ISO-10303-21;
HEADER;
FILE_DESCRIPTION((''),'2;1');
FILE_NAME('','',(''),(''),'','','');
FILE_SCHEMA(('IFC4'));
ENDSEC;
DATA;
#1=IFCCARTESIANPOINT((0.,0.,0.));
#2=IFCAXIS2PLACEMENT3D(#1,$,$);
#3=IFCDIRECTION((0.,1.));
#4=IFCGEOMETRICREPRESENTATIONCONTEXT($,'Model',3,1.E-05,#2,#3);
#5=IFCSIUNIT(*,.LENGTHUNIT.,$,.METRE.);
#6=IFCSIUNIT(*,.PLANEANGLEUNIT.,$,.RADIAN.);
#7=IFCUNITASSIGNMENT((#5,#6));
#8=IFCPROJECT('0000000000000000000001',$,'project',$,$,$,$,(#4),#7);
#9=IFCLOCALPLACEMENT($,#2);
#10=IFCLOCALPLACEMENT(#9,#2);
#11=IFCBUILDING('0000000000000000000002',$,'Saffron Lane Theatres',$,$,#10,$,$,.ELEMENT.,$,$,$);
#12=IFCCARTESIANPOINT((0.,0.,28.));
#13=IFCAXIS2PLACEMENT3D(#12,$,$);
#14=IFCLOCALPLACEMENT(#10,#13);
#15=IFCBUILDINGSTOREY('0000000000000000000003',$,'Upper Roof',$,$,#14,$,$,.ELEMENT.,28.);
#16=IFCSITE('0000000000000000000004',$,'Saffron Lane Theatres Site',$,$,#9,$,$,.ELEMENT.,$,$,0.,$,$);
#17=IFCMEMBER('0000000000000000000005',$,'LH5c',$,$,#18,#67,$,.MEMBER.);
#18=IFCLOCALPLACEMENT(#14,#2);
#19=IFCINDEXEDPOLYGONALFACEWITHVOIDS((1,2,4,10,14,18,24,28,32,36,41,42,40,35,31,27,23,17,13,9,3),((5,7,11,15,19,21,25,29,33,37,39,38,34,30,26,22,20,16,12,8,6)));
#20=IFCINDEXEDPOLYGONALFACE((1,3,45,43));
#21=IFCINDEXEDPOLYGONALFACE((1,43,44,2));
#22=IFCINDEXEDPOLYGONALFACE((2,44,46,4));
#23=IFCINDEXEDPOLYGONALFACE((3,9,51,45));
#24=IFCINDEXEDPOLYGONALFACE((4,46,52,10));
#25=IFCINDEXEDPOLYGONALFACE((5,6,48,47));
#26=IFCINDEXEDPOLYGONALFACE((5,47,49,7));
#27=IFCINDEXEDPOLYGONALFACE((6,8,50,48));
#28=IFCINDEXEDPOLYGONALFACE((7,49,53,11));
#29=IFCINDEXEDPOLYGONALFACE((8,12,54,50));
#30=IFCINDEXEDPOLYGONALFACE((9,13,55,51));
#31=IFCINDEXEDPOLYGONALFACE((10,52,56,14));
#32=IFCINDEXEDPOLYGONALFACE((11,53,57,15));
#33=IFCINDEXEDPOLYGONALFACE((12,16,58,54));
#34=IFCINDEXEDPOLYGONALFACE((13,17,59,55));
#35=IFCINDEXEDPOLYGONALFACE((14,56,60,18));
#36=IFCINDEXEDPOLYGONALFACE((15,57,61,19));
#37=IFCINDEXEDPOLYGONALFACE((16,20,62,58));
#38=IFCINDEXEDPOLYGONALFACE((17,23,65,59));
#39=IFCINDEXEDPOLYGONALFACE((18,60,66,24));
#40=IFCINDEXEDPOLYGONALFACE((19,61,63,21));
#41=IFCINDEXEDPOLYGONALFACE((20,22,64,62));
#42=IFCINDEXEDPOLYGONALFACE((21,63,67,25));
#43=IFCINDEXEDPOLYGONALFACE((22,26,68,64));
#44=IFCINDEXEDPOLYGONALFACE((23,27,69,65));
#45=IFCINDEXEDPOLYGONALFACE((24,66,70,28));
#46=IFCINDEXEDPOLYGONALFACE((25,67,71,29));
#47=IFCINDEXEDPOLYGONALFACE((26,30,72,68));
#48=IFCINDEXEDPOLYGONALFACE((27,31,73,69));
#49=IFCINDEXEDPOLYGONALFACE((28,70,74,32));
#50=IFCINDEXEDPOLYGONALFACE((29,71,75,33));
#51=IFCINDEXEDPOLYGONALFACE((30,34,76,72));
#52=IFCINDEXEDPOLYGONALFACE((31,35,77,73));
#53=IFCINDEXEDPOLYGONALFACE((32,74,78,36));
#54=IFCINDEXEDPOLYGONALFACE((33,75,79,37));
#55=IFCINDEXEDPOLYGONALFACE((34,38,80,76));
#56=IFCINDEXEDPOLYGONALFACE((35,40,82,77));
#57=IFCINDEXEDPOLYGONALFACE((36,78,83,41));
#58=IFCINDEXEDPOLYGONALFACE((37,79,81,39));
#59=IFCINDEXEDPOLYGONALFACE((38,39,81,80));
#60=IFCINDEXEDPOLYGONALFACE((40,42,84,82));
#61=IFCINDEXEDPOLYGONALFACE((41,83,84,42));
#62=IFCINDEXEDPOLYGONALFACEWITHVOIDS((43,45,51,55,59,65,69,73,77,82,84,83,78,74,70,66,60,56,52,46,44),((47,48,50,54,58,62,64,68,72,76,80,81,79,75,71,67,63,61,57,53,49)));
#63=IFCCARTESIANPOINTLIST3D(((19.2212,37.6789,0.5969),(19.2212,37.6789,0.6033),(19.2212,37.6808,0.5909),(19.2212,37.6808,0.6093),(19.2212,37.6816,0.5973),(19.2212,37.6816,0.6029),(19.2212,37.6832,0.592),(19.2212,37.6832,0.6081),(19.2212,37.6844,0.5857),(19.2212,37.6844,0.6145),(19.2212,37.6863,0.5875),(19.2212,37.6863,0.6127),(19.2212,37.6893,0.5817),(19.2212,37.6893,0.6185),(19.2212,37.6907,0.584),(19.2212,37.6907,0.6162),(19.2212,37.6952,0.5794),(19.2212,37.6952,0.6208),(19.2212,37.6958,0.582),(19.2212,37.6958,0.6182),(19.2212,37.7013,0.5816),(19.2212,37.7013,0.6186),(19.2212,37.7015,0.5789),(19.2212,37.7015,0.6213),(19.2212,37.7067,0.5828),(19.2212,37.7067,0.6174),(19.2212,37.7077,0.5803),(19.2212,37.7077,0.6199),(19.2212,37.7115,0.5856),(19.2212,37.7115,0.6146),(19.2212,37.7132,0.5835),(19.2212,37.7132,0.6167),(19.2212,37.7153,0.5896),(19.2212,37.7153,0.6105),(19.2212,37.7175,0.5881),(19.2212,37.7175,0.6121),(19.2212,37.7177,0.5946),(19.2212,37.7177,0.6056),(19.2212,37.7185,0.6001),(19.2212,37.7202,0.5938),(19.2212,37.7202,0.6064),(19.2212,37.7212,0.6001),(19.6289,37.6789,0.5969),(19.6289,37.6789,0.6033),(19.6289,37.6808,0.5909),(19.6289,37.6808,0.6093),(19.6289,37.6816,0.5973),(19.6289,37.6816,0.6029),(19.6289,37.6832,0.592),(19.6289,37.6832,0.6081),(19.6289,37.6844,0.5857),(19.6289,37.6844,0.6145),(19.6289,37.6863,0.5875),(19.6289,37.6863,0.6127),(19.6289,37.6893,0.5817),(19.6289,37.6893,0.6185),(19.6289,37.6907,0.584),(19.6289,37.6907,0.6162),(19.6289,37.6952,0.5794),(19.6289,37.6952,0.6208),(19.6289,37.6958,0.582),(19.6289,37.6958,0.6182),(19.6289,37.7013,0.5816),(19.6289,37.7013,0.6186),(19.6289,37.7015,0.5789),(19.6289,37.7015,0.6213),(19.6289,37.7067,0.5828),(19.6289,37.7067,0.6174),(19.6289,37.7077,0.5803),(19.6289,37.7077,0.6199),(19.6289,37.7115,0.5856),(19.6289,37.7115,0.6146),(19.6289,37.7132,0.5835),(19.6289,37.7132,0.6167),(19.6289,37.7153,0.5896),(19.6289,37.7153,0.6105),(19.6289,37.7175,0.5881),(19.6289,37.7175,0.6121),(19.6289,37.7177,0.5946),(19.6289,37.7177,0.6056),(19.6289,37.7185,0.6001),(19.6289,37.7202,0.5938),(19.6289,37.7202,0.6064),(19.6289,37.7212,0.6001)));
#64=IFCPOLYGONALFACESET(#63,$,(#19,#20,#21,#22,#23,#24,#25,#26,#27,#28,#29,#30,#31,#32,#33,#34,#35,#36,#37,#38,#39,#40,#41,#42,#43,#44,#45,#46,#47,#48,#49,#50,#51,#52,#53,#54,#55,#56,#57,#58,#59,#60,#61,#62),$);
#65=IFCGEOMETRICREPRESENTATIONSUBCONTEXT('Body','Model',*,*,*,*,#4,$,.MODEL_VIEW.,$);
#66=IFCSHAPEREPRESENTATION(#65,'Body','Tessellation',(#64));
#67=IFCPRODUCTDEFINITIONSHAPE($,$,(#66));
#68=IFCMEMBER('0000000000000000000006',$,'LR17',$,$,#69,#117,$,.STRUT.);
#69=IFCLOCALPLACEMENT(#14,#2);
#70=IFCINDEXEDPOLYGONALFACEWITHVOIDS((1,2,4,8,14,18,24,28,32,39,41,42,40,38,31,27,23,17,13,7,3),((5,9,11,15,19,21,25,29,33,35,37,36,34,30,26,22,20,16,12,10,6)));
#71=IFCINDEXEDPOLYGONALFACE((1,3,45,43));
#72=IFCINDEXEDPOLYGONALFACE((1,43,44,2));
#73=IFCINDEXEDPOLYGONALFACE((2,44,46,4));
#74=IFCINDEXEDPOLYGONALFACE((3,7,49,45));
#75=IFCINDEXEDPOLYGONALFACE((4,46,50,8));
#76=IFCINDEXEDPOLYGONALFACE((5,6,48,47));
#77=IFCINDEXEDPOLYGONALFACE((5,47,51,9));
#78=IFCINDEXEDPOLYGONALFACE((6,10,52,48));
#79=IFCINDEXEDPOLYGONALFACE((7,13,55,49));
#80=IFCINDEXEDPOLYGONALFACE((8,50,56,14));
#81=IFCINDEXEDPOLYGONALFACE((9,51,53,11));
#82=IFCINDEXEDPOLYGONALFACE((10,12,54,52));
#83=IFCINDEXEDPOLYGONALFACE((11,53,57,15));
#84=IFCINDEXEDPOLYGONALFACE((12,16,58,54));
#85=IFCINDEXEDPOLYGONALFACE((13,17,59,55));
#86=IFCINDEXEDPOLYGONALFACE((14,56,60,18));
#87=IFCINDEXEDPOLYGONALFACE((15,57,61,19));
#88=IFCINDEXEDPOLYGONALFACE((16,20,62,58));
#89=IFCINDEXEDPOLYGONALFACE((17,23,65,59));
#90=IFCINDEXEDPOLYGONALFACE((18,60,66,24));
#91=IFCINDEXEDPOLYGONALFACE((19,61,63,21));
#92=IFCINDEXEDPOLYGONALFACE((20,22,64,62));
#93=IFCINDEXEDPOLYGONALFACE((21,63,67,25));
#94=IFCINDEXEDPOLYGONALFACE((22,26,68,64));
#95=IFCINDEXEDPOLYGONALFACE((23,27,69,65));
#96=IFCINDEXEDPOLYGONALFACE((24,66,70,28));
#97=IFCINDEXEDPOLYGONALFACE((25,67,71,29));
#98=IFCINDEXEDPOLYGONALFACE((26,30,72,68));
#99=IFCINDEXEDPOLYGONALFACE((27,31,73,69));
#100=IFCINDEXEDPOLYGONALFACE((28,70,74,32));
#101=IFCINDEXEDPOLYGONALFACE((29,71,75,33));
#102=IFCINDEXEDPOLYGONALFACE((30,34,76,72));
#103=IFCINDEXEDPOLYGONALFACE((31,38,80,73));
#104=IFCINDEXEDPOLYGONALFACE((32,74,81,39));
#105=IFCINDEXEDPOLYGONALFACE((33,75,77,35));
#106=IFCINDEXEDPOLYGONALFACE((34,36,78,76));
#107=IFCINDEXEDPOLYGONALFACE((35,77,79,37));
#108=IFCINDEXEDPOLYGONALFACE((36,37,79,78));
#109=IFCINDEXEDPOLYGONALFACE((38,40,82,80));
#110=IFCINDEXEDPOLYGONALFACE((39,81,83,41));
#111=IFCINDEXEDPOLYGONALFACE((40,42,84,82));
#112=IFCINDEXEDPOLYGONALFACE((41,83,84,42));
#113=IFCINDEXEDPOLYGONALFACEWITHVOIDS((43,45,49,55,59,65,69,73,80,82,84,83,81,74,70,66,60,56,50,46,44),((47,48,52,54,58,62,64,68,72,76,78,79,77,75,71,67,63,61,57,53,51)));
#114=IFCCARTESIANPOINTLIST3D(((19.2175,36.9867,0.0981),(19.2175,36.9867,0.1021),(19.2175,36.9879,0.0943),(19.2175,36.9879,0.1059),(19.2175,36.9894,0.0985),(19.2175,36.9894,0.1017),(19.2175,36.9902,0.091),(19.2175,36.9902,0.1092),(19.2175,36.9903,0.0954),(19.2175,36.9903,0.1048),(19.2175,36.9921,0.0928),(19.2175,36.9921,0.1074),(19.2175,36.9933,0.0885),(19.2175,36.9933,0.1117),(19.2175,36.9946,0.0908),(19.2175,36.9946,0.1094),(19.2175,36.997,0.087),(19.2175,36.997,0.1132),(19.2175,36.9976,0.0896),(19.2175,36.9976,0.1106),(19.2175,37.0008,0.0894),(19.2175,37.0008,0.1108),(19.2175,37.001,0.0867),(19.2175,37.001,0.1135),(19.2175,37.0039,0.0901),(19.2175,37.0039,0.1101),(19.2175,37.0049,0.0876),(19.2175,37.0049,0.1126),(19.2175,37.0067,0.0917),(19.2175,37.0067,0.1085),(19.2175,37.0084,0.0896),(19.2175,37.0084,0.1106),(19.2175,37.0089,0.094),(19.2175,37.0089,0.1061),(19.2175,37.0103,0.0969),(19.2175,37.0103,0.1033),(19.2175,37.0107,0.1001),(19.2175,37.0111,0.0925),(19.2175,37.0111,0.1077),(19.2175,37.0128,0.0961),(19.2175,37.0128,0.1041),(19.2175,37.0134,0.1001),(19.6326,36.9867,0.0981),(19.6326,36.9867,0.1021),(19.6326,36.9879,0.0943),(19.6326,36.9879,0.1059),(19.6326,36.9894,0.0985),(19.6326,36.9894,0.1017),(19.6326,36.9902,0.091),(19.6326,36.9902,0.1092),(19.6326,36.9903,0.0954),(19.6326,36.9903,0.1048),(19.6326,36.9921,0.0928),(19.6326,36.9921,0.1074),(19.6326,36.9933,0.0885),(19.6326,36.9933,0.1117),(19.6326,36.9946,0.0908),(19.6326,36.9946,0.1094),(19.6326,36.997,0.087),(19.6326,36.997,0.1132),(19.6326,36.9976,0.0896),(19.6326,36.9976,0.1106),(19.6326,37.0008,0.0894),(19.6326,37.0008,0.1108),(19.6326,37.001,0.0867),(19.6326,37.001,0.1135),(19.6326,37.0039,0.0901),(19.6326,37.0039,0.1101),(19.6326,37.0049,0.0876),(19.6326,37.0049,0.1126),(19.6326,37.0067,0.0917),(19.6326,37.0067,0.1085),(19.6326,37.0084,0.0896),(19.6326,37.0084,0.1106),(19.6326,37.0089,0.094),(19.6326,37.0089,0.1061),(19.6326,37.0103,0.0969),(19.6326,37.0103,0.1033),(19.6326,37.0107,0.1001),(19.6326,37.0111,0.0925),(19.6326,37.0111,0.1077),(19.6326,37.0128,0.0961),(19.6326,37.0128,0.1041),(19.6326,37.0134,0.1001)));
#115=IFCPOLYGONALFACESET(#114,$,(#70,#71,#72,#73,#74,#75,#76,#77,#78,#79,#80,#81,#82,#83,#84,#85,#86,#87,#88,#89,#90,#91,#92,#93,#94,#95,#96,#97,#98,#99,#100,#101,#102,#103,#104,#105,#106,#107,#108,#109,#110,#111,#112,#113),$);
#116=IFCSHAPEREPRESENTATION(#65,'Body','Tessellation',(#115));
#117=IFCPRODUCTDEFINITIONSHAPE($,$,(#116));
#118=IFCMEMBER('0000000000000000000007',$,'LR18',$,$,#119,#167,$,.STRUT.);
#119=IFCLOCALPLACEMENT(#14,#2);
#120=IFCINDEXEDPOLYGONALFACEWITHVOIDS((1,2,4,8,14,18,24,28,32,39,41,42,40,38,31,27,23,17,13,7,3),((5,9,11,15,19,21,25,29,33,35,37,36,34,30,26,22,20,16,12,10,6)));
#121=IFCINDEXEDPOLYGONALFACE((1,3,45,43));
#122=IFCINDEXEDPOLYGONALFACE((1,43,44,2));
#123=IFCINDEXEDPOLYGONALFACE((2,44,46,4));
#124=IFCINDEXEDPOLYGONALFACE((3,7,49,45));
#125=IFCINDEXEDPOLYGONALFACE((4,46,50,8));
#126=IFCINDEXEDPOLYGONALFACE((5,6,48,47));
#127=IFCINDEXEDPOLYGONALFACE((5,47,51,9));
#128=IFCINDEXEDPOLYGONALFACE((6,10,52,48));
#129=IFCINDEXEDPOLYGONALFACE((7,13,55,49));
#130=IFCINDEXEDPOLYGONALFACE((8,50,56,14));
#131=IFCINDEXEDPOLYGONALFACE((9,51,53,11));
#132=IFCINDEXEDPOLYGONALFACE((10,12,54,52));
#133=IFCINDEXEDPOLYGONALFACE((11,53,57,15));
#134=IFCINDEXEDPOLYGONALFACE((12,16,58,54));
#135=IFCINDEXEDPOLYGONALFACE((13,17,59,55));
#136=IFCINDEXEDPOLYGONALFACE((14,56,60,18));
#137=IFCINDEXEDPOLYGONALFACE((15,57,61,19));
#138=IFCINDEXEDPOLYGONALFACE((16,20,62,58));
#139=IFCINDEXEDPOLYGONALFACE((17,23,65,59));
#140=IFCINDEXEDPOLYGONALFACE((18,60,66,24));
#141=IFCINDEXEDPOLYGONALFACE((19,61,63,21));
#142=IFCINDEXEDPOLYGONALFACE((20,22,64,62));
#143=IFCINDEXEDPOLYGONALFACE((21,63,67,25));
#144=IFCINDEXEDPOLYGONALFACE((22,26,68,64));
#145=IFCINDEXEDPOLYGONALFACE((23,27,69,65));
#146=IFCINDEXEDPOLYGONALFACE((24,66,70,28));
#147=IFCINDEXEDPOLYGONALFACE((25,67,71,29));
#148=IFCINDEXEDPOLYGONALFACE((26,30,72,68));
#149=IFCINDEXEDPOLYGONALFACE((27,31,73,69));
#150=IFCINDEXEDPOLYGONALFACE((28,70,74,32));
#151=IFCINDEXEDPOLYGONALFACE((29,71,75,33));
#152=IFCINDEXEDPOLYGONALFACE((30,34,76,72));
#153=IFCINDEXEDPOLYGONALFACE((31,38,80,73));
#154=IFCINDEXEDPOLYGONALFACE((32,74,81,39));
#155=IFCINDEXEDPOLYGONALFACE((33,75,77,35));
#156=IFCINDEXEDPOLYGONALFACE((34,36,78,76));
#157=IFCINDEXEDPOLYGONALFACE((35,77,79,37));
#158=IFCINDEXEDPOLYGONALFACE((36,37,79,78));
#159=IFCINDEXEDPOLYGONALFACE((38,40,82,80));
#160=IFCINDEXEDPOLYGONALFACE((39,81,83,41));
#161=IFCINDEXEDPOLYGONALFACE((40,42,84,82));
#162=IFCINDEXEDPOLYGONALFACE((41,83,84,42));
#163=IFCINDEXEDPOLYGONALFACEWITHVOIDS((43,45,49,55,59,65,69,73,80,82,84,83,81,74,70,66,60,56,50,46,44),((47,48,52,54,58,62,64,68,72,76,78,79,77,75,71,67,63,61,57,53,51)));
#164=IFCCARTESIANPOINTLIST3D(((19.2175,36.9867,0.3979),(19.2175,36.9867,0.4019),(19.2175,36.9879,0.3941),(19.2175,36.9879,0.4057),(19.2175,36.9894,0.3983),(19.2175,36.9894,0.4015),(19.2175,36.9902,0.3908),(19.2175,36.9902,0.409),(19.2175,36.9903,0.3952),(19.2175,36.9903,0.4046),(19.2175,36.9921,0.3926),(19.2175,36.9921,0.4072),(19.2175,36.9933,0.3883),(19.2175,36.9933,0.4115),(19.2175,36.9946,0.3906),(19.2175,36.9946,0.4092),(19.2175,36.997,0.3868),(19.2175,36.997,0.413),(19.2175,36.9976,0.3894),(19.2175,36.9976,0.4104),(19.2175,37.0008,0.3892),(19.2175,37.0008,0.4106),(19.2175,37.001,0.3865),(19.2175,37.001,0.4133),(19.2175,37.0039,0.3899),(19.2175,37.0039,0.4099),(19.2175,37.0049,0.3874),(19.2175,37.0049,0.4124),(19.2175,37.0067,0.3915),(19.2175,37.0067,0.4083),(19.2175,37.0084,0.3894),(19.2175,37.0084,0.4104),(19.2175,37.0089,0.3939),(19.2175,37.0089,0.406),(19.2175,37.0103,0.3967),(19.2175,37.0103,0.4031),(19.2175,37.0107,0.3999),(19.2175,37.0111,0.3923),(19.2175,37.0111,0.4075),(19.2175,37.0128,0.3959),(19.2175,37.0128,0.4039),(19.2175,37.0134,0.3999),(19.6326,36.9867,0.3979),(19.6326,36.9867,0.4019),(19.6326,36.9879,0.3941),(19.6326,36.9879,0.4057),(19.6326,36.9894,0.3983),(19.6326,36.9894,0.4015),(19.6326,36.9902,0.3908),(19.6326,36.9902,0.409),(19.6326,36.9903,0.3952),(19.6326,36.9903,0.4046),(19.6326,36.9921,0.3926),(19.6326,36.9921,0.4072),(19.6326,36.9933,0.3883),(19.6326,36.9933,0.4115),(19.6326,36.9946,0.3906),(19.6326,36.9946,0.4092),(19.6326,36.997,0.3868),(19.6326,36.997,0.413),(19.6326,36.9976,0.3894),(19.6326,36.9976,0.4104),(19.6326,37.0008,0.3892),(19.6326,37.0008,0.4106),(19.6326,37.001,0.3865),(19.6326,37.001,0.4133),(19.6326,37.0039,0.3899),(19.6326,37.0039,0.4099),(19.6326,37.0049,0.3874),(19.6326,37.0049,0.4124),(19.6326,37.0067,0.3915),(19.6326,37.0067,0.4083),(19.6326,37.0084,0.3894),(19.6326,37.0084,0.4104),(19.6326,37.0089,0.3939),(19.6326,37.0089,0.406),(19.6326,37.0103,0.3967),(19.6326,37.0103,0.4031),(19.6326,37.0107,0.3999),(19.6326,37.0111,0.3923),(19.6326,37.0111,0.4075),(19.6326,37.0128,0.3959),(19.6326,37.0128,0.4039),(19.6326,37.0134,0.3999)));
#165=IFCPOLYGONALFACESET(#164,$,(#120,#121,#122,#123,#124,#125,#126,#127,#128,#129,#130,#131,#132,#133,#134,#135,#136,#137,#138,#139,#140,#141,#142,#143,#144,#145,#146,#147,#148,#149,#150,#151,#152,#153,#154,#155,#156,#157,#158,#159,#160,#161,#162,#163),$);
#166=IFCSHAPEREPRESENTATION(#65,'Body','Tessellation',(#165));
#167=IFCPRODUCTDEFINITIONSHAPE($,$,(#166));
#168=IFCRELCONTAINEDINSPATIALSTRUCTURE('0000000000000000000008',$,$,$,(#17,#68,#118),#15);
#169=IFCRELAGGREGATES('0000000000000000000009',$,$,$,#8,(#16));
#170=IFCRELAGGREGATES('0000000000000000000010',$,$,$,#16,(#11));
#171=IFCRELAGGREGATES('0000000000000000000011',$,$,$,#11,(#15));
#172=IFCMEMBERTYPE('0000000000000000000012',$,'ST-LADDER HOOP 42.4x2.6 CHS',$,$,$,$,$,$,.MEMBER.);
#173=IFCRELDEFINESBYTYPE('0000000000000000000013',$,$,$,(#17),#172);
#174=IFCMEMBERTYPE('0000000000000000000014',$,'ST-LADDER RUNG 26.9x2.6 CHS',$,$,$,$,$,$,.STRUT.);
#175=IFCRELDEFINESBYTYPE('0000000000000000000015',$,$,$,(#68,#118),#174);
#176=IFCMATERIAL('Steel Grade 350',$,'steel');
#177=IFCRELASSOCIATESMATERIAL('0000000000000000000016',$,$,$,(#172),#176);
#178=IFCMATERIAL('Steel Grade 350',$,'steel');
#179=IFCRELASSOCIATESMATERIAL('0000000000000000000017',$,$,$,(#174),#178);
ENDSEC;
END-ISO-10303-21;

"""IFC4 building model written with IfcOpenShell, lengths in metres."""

from ifc_helpers import new_model, si_unit, direction, frame, origin, origin_2d, place, context, subcontext, project, spatial, hollow_circle, extrude, material, material_profile, profile_set, type_object, element, save


model = new_model("IFC4")

# Units and contexts
model_context = context("Model", 3, precision=1e-05, world=origin(), true_north=direction((0.0, 1.0)))
body_context = subcontext(model_context, "Body", "Model", "MODEL_VIEW")
ifc_project = project(units=[si_unit("LENGTHUNIT", "METRE"), si_unit("PLANEANGLEUNIT", "RADIAN")], contexts=[model_context])

# Site, building, storey
site_placement = place(None, origin())
site = spatial("IfcSite", under=ifc_project, at=site_placement, Name="Saffron Lane Theatres Site", CompositionType="ELEMENT", RefElevation=0.0)
building_placement = place(site_placement, origin())
building = spatial("IfcBuilding", under=site, at=building_placement, Name="Saffron Lane Theatres", CompositionType="ELEMENT")
storey_placement = place(building_placement, frame((0.0, 0.0, 28.0)))
storey = spatial("IfcBuildingStorey", under=building, at=storey_placement, Name="Upper Roof", CompositionType="ELEMENT", Elevation=28.0)

# Members
ifc_material_1 = material(Name="Steel Grade 350", Category="steel")
ifc_material_profile_1 = material_profile(ifc_material_1, hollow_circle(Radius=0.0212, WallThickness=0.0027, at=origin_2d()))
ifc_profile_set_1 = profile_set([ifc_material_profile_1], Name="Steel Grade 350")
member_type_1 = type_object("IfcMemberType", Name="ST-LADDER HOOP 42.4x2.6 CHS", PredefinedType="MEMBER", material=ifc_profile_set_1)
member_placement = place(storey_placement, frame((19.2212, 37.7, 0.6001), z_axis=(1.0, 0.0, 0.0), x_axis=(0.0, 1.0, 0.0)))
element("IfcMember", 1, at=member_placement, inside=storey, type_object=member_type_1, Name="LH5c", PredefinedType="MEMBER", context=body_context, shape_type="SweptSolid", body=[
    extrude(hollow_circle(Radius=0.0212, WallThickness=0.0027, at=origin_2d()), origin(), (0.0, 0.0, 1.0), 0.4077),
])
ifc_material_2 = material(Name="Steel Grade 350", Category="steel")
ifc_material_profile_2 = material_profile(ifc_material_2, hollow_circle(Radius=0.0134, WallThickness=0.0027, at=origin_2d()))
ifc_profile_set_2 = profile_set([ifc_material_profile_2], Name="Steel Grade 350")
member_type_2 = type_object("IfcMemberType", Name="ST-LADDER RUNG 26.9x2.6 CHS", PredefinedType="STRUT", material=ifc_profile_set_2)
for number, where, z_axis, x_axis, name in (
    (2, (19.2175, 37.0, 0.1001), (1.0, 0.0, 0.0), (0.0, 1.0, 0.0), "LR17"),
    (3, (19.2175, 37.0, 0.3999), (1.0, 0.0, 0.0), (0.0, 1.0, 0.0), "LR18"),
):
    element("IfcMember", number, at=place(storey_placement, frame(where, z_axis=z_axis, x_axis=x_axis)), inside=storey, type_object=member_type_2, Name=name, PredefinedType="STRUT", context=body_context, shape_type="SweptSolid", body=[
        extrude(hollow_circle(Radius=0.0134, WallThickness=0.0027, at=origin_2d()), origin(), (0.0, 0.0, 1.0), 0.415),
    ])

save(model, "model.ifc")
